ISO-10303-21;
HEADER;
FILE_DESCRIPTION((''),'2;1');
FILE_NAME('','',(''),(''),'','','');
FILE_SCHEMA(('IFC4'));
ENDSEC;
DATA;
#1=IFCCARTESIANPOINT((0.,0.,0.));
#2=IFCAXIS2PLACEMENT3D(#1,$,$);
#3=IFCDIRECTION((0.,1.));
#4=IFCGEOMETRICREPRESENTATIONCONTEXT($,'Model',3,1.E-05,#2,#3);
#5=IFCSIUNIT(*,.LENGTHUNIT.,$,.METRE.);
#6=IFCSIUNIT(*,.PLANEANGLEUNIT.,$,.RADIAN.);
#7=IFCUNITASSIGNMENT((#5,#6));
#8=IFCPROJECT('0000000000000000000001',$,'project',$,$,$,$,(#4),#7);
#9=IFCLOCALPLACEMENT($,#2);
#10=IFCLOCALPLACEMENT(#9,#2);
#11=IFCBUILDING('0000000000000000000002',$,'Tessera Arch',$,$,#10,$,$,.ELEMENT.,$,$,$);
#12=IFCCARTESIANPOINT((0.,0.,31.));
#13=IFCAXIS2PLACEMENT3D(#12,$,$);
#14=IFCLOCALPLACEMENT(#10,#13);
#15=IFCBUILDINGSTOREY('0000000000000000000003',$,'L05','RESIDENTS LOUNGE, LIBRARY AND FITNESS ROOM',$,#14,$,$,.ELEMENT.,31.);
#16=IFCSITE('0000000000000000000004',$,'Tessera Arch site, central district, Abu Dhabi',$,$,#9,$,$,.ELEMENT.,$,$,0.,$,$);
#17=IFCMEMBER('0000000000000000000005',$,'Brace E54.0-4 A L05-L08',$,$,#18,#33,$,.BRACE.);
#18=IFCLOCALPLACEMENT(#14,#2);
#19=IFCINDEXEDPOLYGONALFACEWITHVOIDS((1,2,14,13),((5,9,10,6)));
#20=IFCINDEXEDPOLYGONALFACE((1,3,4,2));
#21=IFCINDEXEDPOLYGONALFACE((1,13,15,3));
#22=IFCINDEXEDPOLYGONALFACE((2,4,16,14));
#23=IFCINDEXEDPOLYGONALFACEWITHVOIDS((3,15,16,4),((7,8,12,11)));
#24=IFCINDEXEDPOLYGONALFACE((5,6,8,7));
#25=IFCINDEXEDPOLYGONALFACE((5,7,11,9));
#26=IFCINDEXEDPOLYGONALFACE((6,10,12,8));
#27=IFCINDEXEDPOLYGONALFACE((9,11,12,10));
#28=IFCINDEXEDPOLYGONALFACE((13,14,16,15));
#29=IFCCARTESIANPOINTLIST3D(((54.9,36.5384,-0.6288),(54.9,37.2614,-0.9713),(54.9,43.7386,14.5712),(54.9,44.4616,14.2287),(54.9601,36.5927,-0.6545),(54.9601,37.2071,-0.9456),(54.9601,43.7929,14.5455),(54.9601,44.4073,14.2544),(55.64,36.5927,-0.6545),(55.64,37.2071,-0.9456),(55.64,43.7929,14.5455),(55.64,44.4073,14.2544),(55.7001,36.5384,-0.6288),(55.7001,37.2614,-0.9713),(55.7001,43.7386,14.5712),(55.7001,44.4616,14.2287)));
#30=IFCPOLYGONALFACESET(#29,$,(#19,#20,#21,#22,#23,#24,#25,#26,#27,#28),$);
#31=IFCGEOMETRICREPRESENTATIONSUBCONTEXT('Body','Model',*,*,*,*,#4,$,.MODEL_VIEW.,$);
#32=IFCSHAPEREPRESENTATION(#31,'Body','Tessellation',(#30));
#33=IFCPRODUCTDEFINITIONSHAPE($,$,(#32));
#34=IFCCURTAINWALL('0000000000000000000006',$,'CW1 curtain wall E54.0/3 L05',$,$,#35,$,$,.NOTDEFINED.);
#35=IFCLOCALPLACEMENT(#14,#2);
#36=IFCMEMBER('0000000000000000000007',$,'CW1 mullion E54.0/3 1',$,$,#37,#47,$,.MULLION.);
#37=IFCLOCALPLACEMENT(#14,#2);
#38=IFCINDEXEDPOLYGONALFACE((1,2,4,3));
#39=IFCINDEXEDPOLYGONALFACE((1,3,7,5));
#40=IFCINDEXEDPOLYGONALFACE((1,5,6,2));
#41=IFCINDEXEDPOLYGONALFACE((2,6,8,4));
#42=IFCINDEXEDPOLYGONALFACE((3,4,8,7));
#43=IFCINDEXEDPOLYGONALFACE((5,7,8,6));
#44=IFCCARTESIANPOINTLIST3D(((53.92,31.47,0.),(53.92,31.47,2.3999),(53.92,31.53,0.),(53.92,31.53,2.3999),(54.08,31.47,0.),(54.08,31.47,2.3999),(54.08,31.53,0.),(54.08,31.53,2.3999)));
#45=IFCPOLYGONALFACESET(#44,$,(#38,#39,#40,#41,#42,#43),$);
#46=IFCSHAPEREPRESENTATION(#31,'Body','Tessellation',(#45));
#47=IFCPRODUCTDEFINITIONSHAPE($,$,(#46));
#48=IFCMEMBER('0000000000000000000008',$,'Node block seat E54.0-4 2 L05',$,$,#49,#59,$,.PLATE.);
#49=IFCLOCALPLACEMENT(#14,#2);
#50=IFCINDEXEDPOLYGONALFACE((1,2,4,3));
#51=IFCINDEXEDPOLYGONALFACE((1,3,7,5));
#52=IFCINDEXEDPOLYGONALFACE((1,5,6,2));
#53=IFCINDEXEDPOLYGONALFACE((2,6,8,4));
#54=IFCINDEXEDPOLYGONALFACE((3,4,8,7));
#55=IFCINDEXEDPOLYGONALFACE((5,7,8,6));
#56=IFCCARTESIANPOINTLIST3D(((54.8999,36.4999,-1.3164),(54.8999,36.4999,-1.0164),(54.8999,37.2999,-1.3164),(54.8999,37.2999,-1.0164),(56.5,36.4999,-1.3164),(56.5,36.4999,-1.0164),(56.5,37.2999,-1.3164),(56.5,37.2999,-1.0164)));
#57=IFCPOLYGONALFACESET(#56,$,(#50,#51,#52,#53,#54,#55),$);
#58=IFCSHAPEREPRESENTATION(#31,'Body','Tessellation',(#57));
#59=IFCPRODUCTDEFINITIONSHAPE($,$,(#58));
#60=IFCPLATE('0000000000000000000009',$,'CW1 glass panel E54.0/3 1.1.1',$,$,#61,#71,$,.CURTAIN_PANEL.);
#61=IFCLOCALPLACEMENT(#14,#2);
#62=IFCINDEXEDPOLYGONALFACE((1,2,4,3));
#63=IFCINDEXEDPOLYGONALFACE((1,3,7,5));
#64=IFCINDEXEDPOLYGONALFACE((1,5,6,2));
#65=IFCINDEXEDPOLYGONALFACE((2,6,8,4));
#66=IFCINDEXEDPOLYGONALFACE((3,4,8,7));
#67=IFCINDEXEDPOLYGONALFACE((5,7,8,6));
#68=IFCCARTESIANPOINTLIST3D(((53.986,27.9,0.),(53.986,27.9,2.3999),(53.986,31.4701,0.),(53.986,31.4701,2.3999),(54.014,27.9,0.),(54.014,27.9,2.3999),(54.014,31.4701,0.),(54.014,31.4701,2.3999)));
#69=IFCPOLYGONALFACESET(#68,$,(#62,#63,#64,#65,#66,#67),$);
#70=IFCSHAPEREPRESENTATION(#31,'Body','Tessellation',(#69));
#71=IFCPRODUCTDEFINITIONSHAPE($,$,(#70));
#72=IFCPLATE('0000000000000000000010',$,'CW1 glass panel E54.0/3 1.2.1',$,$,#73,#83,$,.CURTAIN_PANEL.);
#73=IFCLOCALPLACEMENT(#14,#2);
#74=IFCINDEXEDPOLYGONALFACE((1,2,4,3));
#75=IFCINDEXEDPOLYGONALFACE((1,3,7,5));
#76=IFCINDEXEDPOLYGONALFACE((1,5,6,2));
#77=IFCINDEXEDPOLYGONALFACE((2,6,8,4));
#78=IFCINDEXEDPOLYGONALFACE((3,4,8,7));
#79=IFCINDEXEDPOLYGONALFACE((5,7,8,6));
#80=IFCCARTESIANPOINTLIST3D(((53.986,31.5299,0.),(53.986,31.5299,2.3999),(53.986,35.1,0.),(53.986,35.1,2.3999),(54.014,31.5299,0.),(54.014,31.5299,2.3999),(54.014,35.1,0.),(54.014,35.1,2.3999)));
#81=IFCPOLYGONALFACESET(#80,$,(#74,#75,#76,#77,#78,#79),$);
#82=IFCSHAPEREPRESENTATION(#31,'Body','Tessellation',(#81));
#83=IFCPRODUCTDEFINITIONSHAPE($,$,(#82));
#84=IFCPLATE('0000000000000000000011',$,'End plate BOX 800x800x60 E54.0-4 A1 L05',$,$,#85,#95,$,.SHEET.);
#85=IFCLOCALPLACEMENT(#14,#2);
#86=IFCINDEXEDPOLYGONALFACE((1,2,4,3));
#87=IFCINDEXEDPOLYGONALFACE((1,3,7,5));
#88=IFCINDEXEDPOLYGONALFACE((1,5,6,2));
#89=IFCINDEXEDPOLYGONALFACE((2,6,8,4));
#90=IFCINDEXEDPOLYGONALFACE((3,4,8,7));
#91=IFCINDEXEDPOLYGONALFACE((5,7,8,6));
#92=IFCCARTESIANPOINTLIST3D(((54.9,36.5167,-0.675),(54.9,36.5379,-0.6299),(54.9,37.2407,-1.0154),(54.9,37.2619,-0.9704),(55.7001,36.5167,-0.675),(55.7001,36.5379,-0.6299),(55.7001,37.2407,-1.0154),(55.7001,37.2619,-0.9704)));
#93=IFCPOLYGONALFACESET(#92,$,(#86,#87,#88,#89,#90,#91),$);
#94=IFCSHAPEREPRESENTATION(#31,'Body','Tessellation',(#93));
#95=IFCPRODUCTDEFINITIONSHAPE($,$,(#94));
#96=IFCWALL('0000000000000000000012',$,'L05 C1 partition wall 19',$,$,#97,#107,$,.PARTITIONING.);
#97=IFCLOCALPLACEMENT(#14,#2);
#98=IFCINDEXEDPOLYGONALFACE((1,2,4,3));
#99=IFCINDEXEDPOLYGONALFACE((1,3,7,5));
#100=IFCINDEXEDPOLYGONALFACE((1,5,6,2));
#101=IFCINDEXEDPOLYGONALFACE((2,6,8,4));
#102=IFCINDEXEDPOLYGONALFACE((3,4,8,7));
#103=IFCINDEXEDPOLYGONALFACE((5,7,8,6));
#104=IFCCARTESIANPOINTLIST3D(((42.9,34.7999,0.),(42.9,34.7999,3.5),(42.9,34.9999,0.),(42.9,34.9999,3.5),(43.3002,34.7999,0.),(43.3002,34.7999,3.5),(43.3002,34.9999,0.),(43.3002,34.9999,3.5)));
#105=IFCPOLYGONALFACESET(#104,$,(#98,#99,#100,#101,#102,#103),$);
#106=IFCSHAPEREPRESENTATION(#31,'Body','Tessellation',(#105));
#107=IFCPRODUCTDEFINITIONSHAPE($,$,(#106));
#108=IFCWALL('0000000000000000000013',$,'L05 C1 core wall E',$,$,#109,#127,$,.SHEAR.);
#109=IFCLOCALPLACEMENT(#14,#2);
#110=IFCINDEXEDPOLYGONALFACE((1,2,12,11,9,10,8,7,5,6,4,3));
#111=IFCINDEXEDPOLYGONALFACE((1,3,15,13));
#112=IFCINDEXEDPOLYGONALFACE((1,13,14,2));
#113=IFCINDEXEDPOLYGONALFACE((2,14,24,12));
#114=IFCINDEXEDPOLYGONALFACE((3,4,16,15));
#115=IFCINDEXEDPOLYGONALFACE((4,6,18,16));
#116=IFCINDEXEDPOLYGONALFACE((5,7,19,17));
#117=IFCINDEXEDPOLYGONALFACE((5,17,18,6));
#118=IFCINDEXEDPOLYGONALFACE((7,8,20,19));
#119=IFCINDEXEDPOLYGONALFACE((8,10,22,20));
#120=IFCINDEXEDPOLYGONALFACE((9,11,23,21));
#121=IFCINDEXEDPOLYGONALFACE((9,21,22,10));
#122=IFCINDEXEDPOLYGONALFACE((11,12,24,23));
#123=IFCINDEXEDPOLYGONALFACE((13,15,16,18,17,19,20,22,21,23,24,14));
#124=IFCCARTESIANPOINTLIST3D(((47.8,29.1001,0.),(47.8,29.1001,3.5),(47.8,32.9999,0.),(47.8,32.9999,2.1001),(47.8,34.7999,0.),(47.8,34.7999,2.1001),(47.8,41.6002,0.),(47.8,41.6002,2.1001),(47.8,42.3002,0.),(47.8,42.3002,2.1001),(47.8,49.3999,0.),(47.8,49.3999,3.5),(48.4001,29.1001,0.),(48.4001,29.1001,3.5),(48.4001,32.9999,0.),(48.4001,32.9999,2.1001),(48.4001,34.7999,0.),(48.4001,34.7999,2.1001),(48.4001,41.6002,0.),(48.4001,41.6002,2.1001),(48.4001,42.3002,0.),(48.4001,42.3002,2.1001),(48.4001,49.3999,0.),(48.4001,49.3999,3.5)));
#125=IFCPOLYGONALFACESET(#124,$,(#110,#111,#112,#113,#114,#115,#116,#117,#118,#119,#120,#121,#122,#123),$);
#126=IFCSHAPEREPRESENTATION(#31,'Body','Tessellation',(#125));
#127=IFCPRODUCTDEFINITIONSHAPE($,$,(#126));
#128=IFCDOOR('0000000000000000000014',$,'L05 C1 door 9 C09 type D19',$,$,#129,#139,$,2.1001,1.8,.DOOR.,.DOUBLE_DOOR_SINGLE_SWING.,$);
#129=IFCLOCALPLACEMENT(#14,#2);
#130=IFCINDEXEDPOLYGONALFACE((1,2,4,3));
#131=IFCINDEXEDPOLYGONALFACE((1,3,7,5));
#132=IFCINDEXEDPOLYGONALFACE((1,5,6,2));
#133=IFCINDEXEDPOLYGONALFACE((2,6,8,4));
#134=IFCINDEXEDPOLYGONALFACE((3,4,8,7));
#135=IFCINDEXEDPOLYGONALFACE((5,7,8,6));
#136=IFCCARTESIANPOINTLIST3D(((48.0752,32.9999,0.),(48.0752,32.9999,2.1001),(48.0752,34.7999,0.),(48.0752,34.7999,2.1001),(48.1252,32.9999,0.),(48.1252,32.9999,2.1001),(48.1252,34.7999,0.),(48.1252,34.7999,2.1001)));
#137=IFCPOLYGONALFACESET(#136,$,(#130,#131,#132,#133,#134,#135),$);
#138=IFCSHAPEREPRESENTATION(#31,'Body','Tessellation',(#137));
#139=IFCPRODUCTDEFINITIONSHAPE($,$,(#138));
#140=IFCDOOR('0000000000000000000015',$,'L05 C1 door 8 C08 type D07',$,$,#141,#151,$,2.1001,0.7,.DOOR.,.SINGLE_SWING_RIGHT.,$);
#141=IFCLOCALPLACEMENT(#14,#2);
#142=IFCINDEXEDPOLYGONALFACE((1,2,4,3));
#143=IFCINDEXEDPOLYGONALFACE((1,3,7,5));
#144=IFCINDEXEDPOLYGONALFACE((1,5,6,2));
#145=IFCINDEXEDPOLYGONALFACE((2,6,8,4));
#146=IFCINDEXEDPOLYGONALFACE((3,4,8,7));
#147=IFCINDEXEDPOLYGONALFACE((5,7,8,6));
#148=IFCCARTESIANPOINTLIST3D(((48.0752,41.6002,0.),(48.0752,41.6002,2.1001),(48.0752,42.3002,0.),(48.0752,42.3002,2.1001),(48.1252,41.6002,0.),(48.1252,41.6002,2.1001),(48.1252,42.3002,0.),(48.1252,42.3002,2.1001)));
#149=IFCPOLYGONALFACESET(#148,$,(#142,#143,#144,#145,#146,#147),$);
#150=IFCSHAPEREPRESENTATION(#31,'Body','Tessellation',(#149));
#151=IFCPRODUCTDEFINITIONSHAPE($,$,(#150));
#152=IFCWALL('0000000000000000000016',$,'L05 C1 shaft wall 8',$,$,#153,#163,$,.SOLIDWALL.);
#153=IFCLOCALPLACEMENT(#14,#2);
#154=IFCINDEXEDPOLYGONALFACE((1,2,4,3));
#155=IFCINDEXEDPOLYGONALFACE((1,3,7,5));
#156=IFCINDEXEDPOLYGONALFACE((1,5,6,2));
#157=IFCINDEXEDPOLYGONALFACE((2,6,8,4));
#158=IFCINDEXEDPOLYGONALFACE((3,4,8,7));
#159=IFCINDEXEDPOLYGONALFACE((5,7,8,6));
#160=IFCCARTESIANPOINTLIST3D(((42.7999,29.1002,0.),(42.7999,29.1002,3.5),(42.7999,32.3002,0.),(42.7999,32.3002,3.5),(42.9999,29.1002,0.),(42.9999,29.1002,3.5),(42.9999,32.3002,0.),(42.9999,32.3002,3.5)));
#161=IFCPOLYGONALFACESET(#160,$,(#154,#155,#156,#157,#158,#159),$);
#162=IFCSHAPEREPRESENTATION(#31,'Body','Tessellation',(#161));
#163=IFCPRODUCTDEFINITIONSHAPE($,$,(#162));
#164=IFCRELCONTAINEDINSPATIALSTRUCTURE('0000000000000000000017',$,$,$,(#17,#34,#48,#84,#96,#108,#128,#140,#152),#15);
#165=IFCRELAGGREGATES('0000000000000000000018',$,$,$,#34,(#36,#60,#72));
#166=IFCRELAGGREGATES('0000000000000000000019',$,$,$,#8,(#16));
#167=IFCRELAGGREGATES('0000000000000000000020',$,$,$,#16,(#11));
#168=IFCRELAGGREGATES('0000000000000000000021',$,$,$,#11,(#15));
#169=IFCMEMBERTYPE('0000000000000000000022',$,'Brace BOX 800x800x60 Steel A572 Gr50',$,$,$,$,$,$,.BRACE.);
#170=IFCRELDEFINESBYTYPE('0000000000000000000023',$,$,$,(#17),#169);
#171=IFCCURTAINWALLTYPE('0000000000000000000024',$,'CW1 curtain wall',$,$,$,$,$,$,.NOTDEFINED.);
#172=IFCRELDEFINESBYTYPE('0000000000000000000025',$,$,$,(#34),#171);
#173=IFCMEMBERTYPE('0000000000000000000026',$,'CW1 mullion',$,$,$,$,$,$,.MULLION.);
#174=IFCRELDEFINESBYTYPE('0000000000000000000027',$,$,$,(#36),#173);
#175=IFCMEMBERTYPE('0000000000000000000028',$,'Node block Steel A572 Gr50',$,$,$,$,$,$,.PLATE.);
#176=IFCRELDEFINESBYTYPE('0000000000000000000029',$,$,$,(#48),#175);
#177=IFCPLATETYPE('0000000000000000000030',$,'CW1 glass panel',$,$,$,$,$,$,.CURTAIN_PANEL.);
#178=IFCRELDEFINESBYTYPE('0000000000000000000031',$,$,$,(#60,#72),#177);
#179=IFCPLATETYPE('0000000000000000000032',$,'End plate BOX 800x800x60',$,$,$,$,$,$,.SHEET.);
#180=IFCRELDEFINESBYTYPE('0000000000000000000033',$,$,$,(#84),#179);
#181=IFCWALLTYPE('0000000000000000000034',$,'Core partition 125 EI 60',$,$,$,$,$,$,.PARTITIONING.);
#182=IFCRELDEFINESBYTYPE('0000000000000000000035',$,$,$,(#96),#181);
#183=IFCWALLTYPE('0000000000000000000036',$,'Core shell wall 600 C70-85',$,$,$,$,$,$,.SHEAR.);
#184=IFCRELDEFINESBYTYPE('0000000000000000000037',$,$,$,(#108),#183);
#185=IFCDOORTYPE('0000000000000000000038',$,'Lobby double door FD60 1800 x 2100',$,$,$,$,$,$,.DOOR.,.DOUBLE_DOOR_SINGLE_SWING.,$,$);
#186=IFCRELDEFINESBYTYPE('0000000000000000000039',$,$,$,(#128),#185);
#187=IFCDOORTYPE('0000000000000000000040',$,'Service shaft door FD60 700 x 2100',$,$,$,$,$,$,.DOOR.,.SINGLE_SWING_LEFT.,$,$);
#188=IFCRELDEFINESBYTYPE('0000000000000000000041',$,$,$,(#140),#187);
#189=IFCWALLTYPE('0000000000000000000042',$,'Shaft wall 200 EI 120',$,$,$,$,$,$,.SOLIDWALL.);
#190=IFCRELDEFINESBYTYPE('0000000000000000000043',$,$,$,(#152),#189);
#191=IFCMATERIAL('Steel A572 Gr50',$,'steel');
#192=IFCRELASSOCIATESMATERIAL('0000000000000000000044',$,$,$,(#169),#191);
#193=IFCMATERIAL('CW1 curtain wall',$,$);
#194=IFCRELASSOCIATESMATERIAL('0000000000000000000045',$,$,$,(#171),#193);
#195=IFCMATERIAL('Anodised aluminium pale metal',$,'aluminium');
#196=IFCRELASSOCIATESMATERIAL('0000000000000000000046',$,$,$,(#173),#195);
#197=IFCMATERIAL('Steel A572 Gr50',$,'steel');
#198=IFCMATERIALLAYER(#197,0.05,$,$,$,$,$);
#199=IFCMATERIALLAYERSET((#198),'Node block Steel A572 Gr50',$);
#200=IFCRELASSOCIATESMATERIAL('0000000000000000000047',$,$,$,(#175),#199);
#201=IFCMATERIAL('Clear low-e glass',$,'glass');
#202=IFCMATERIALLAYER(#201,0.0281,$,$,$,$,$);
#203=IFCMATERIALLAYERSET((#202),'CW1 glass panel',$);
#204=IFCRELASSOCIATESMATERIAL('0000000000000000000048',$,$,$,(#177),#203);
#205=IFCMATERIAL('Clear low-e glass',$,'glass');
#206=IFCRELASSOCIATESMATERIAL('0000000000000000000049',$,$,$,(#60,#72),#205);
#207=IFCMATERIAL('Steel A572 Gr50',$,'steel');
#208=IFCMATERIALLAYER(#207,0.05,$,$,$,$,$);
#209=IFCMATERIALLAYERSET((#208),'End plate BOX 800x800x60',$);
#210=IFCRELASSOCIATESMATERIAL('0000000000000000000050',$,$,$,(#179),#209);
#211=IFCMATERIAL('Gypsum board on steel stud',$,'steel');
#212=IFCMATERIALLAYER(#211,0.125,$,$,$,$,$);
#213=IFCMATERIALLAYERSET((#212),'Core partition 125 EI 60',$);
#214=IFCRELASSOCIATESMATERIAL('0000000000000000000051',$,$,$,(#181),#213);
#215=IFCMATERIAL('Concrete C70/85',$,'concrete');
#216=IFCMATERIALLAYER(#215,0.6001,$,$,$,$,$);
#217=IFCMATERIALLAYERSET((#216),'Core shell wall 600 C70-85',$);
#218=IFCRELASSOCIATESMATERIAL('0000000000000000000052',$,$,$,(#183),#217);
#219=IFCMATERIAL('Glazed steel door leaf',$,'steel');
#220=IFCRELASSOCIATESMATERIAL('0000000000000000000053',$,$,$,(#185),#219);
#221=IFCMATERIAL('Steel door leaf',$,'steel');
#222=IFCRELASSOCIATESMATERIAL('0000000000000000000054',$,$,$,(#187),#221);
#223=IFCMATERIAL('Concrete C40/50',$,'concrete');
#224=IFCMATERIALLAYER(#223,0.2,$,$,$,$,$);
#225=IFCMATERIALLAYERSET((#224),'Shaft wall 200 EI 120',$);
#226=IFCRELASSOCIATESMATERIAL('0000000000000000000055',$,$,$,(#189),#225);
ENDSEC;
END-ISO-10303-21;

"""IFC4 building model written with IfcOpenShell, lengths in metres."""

from ifc_helpers import new_model, si_unit, direction, frame, frame_2d, origin, origin_2d, place, context, subcontext, project, spatial, rectangle, hollow_rectangle, extrude, material, layer, layer_set, material_profile, profile_set, type_object, element, fill, aggregate, save


model = new_model("IFC4")

# Units and contexts
model_context = context("Model", 3, precision=1e-05, world=origin(), true_north=direction((0.0, 1.0)))
body_context = subcontext(model_context, "Body", "Model", "MODEL_VIEW")
ifc_project = project(units=[si_unit("LENGTHUNIT", "METRE"), si_unit("PLANEANGLEUNIT", "RADIAN")], contexts=[model_context])

# Site, building, storey
site_placement = place(None, origin())
site = spatial("IfcSite", under=ifc_project, at=site_placement, Name="Tessera Arch site, central district, Abu Dhabi", CompositionType="ELEMENT", RefElevation=0.0)
building_placement = place(site_placement, origin())
building = spatial("IfcBuilding", under=site, at=building_placement, Name="Tessera Arch", CompositionType="ELEMENT")
storey_placement = place(building_placement, frame((0.0, 0.0, 31.0)))
storey = spatial("IfcBuildingStorey", under=building, at=storey_placement, Name="L05", Description="RESIDENTS LOUNGE, LIBRARY AND FITNESS ROOM", CompositionType="ELEMENT", Elevation=31.0)

# Member
ifc_material_1 = material(Name="Steel A572 Gr50", Category="steel")
ifc_material_profile_1 = material_profile(ifc_material_1, hollow_rectangle(XDim=0.8, YDim=0.8, WallThickness=0.0601, at=origin_2d()), Name="BOX 800x800x60")
ifc_profile_set_1 = profile_set([ifc_material_profile_1], Name="Steel A572 Gr50")
member_type_1 = type_object("IfcMemberType", Name="Brace BOX 800x800x60 Steel A572 Gr50", PredefinedType="BRACE", material=ifc_profile_set_1)
member_1_placement = place(storey_placement, frame((55.3, 36.8999, -0.8), z_axis=(0.0, 0.428097, 0.903733), x_axis=(-1.0, 0.0, 0.0)))
element("IfcMember", 1, at=member_1_placement, inside=storey, type_object=member_type_1, Name="Brace E54.0-4 A L05-L08", PredefinedType="BRACE", context=body_context, shape_type="SweptSolid", body=[
    extrude(hollow_rectangle(XDim=0.8, YDim=0.8, WallThickness=0.0601, at=origin_2d()), origin(), (0.0, 0.0, 1.0), 16.8191),
])

# Curtain wall, member
ifc_material_2 = material(Name="CW1 curtain wall")
curtain_wall_type = type_object("IfcCurtainWallType", Name="CW1 curtain wall", PredefinedType="NOTDEFINED", material=ifc_material_2)
curtain_wall_placement = place(storey_placement, origin())
curtain_wall = element("IfcCurtainWall", 2, at=curtain_wall_placement, inside=storey, type_object=curtain_wall_type, Name="CW1 curtain wall E54.0/3 L05", PredefinedType="NOTDEFINED")
ifc_material_3 = material(Name="Anodised aluminium pale metal", Category="aluminium")
ifc_material_profile_2 = material_profile(ifc_material_3, rectangle(XDim=0.1599, YDim=0.0601, at=origin_2d()), Name="AL 60x160")
ifc_profile_set_2 = profile_set([ifc_material_profile_2], Name="Anodised aluminium pale metal")
member_type_2 = type_object("IfcMemberType", Name="CW1 mullion", PredefinedType="MULLION", material=ifc_profile_set_2)
member_2_placement = place(storey_placement, frame((54.0, 31.5, 0.0), z_axis=(0.0, 0.0, 1.0), x_axis=(-1.0, 0.0, 0.0)))
member_2 = element("IfcMember", 3, at=member_2_placement, type_object=member_type_2, Name="CW1 mullion E54.0/3 1", PredefinedType="MULLION", context=body_context, shape_type="SweptSolid", body=[
    extrude(rectangle(XDim=0.1599, YDim=0.0601, at=origin_2d()), origin(), (0.0, 0.0, 1.0), 2.3999),
])

# Member
ifc_material_4 = material(Name="Steel A572 Gr50", Category="steel")
ifc_layer_1 = layer(ifc_material_4, 0.05)
ifc_layer_set_1 = layer_set([ifc_layer_1], Name="Node block Steel A572 Gr50")
member_type_3 = type_object("IfcMemberType", Name="Node block Steel A572 Gr50", PredefinedType="PLATE", material=ifc_layer_set_1)
member_3_placement = place(storey_placement, frame((55.7, 36.8999, -1.3164), z_axis=(0.0, 0.0, 1.0), x_axis=(0.0, 1.0, 0.0)))
element("IfcMember", 4, at=member_3_placement, inside=storey, type_object=member_type_3, Name="Node block seat E54.0-4 2 L05", PredefinedType="PLATE", context=body_context, shape_type="SweptSolid", body=[
    extrude(rectangle(XDim=0.8, YDim=1.6001, at=origin_2d()), origin(), (0.0, 0.0, 1.0), 0.3),
])

# Plates
ifc_material_5 = material(Name="Clear low-e glass", Category="glass")
ifc_material_6 = material(Name="Clear low-e glass", Category="glass")
ifc_layer_2 = layer(ifc_material_6, 0.0281)
ifc_layer_set_2 = layer_set([ifc_layer_2], Name="CW1 glass panel")
plate_type_1 = type_object("IfcPlateType", Name="CW1 glass panel", PredefinedType="CURTAIN_PANEL", material=ifc_layer_set_2)
plate_1_placement = place(storey_placement, frame((54.0, 29.6851, 0.0), z_axis=(0.0, 0.0, 1.0), x_axis=(0.0, 1.0, 0.0)))
plate_1 = element("IfcPlate", 5, at=plate_1_placement, type_object=plate_type_1, material=ifc_material_5, Name="CW1 glass panel E54.0/3 1.1.1", PredefinedType="CURTAIN_PANEL", context=body_context, shape_type="SweptSolid", body=[
    extrude(rectangle(XDim=3.5701, YDim=0.0281, at=origin_2d()), origin(), (0.0, 0.0, 1.0), 2.3999),
])
plate_2_placement = place(storey_placement, frame((54.0, 33.3149, 0.0), z_axis=(0.0, 0.0, 1.0), x_axis=(0.0, 1.0, 0.0)))
plate_2 = element("IfcPlate", 6, at=plate_2_placement, type_object=plate_type_1, material=ifc_material_5, Name="CW1 glass panel E54.0/3 1.2.1", PredefinedType="CURTAIN_PANEL", context=body_context, shape_type="SweptSolid", body=[
    extrude(rectangle(XDim=3.5701, YDim=0.0281, at=origin_2d()), origin(), (0.0, 0.0, 1.0), 2.3999),
])
aggregate(curtain_wall, [member_2, plate_1, plate_2])
ifc_material_7 = material(Name="Steel A572 Gr50", Category="steel")
ifc_layer_3 = layer(ifc_material_7, 0.05)
ifc_layer_set_3 = layer_set([ifc_layer_3], Name="End plate BOX 800x800x60")
plate_type_2 = type_object("IfcPlateType", Name="End plate BOX 800x800x60", PredefinedType="SHEET", material=ifc_layer_set_3)
plate_3_placement = place(storey_placement, frame((55.3, 36.8787, -0.8452), z_axis=(0.0, 0.425561, 0.90493), x_axis=(-1.0, 0.0, 0.0)))
element("IfcPlate", 7, at=plate_3_placement, inside=storey, type_object=plate_type_2, Name="End plate BOX 800x800x60 E54.0-4 A1 L05", PredefinedType="SHEET", context=body_context, shape_type="SweptSolid", body=[
    extrude(rectangle(XDim=0.8, YDim=0.8, at=origin_2d()), origin(), (0.0, 0.0, 1.0), 0.0498),
])

# Wall
ifc_material_8 = material(Name="Gypsum board on steel stud", Category="steel")
ifc_layer_4 = layer(ifc_material_8, 0.125)
ifc_layer_set_4 = layer_set([ifc_layer_4], Name="Core partition 125 EI 60")
wall_type_1 = type_object("IfcWallType", Name="Core partition 125 EI 60", PredefinedType="PARTITIONING", material=ifc_layer_set_4)
wall_1_placement = place(storey_placement, frame((42.8999, 34.8999, 0.0), z_axis=(0.0, 0.0, 1.0), x_axis=(1.0, 0.0, 0.0)))
element("IfcWall", 8, at=wall_1_placement, inside=storey, type_object=wall_type_1, Name="L05 C1 partition wall 19", PredefinedType="PARTITIONING", context=body_context, shape_type="SweptSolid", body=[
    extrude(rectangle(XDim=0.4001, YDim=0.2, at=frame_2d((0.2002, 0.0))), origin(), (0.0, 0.0, 1.0), 3.5),
])

# Wall, openings, doors
ifc_material_9 = material(Name="Concrete C70/85", Category="concrete")
ifc_layer_5 = layer(ifc_material_9, 0.6001)
ifc_layer_set_5 = layer_set([ifc_layer_5], Name="Core shell wall 600 C70-85")
wall_type_2 = type_object("IfcWallType", Name="Core shell wall 600 C70-85", PredefinedType="SHEAR", material=ifc_layer_set_5)
wall_2_placement = place(storey_placement, frame((48.1001, 29.1001, 0.0), z_axis=(0.0, 0.0, 1.0), x_axis=(0.0, 1.0, 0.0)))
wall_2 = element("IfcWall", 9, at=wall_2_placement, inside=storey, type_object=wall_type_2, Name="L05 C1 core wall E", PredefinedType="SHEAR", context=body_context, shape_type="SweptSolid", body=[
    extrude(rectangle(XDim=20.2998, YDim=0.6001, at=frame_2d((10.1499, 0.0))), origin(), (0.0, 0.0, 1.0), 3.5),
])
opening_1_placement = place(wall_2_placement, frame((12.5, 0.0, 0.0)))
opening_1 = element("IfcOpeningElement", 10, at=opening_1_placement, cuts=wall_2, PredefinedType="OPENING", context=body_context, shape_type="SweptSolid", body=[
    extrude(rectangle(XDim=0.7, YDim=2.1001, at=frame_2d((0.3501, 1.05))), frame((0.0, 0.3101, 0.0), z_axis=(0.0, -1.0, 0.0), x_axis=(1.0, 0.0, 0.0)), (0.0, 0.0, 1.0), 0.6201),
])
opening_2_placement = place(wall_2_placement, frame((3.8999, 0.0, 0.0)))
opening_2 = element("IfcOpeningElement", 11, at=opening_2_placement, cuts=wall_2, PredefinedType="OPENING", context=body_context, shape_type="SweptSolid", body=[
    extrude(rectangle(XDim=1.8, YDim=2.1001, at=frame_2d((0.8999, 1.05))), frame((0.0, 0.3101, 0.0), z_axis=(0.0, -1.0, 0.0), x_axis=(1.0, 0.0, 0.0)), (0.0, 0.0, 1.0), 0.6201),
])
ifc_material_10 = material(Name="Glazed steel door leaf", Category="steel")
door_type_1 = type_object("IfcDoorType", Name="Lobby double door FD60 1800 x 2100", OperationType="DOUBLE_DOOR_SINGLE_SWING", PredefinedType="DOOR", material=ifc_material_10)
door_1_placement = place(opening_2_placement, origin())
door_1 = element("IfcDoor", 12, at=door_1_placement, inside=storey, type_object=door_type_1, Name="L05 C1 door 9 C09 type D19", OperationType="DOUBLE_DOOR_SINGLE_SWING", OverallHeight=2.1001, OverallWidth=1.8, PredefinedType="DOOR", context=body_context, shape_type="SweptSolid", body=[
    extrude(rectangle(XDim=1.8, YDim=2.1001, at=frame_2d((0.8999, 1.05))), frame((0.0, 0.0249, 0.0), z_axis=(0.0, -1.0, 0.0), x_axis=(1.0, 0.0, 0.0)), (0.0, 0.0, 1.0), 0.05),
])
fill(opening_2, door_1)
ifc_material_11 = material(Name="Steel door leaf", Category="steel")
door_type_2 = type_object("IfcDoorType", Name="Service shaft door FD60 700 x 2100", OperationType="SINGLE_SWING_LEFT", PredefinedType="DOOR", material=ifc_material_11)
door_2_placement = place(opening_1_placement, origin())
door_2 = element("IfcDoor", 13, at=door_2_placement, inside=storey, type_object=door_type_2, Name="L05 C1 door 8 C08 type D07", OperationType="SINGLE_SWING_RIGHT", OverallHeight=2.1001, OverallWidth=0.7, PredefinedType="DOOR", context=body_context, shape_type="SweptSolid", body=[
    extrude(rectangle(XDim=0.7, YDim=2.1001, at=frame_2d((0.3501, 1.05))), frame((0.0, 0.0249, 0.0), z_axis=(0.0, -1.0, 0.0), x_axis=(1.0, 0.0, 0.0)), (0.0, 0.0, 1.0), 0.05),
])
fill(opening_1, door_2)

# Wall
ifc_material_12 = material(Name="Concrete C40/50", Category="concrete")
ifc_layer_6 = layer(ifc_material_12, 0.2)
ifc_layer_set_6 = layer_set([ifc_layer_6], Name="Shaft wall 200 EI 120")
wall_type_3 = type_object("IfcWallType", Name="Shaft wall 200 EI 120", PredefinedType="SOLIDWALL", material=ifc_layer_set_6)
wall_3_placement = place(storey_placement, frame((42.8999, 29.1001, 0.0), z_axis=(0.0, 0.0, 1.0), x_axis=(0.0, 1.0, 0.0)))
element("IfcWall", 14, at=wall_3_placement, inside=storey, type_object=wall_type_3, Name="L05 C1 shaft wall 8", PredefinedType="SOLIDWALL", context=body_context, shape_type="SweptSolid", body=[
    extrude(rectangle(XDim=3.2, YDim=0.2, at=frame_2d((1.6001, 0.0))), origin(), (0.0, 0.0, 1.0), 3.5),
])

save(model, "model.ifc")
